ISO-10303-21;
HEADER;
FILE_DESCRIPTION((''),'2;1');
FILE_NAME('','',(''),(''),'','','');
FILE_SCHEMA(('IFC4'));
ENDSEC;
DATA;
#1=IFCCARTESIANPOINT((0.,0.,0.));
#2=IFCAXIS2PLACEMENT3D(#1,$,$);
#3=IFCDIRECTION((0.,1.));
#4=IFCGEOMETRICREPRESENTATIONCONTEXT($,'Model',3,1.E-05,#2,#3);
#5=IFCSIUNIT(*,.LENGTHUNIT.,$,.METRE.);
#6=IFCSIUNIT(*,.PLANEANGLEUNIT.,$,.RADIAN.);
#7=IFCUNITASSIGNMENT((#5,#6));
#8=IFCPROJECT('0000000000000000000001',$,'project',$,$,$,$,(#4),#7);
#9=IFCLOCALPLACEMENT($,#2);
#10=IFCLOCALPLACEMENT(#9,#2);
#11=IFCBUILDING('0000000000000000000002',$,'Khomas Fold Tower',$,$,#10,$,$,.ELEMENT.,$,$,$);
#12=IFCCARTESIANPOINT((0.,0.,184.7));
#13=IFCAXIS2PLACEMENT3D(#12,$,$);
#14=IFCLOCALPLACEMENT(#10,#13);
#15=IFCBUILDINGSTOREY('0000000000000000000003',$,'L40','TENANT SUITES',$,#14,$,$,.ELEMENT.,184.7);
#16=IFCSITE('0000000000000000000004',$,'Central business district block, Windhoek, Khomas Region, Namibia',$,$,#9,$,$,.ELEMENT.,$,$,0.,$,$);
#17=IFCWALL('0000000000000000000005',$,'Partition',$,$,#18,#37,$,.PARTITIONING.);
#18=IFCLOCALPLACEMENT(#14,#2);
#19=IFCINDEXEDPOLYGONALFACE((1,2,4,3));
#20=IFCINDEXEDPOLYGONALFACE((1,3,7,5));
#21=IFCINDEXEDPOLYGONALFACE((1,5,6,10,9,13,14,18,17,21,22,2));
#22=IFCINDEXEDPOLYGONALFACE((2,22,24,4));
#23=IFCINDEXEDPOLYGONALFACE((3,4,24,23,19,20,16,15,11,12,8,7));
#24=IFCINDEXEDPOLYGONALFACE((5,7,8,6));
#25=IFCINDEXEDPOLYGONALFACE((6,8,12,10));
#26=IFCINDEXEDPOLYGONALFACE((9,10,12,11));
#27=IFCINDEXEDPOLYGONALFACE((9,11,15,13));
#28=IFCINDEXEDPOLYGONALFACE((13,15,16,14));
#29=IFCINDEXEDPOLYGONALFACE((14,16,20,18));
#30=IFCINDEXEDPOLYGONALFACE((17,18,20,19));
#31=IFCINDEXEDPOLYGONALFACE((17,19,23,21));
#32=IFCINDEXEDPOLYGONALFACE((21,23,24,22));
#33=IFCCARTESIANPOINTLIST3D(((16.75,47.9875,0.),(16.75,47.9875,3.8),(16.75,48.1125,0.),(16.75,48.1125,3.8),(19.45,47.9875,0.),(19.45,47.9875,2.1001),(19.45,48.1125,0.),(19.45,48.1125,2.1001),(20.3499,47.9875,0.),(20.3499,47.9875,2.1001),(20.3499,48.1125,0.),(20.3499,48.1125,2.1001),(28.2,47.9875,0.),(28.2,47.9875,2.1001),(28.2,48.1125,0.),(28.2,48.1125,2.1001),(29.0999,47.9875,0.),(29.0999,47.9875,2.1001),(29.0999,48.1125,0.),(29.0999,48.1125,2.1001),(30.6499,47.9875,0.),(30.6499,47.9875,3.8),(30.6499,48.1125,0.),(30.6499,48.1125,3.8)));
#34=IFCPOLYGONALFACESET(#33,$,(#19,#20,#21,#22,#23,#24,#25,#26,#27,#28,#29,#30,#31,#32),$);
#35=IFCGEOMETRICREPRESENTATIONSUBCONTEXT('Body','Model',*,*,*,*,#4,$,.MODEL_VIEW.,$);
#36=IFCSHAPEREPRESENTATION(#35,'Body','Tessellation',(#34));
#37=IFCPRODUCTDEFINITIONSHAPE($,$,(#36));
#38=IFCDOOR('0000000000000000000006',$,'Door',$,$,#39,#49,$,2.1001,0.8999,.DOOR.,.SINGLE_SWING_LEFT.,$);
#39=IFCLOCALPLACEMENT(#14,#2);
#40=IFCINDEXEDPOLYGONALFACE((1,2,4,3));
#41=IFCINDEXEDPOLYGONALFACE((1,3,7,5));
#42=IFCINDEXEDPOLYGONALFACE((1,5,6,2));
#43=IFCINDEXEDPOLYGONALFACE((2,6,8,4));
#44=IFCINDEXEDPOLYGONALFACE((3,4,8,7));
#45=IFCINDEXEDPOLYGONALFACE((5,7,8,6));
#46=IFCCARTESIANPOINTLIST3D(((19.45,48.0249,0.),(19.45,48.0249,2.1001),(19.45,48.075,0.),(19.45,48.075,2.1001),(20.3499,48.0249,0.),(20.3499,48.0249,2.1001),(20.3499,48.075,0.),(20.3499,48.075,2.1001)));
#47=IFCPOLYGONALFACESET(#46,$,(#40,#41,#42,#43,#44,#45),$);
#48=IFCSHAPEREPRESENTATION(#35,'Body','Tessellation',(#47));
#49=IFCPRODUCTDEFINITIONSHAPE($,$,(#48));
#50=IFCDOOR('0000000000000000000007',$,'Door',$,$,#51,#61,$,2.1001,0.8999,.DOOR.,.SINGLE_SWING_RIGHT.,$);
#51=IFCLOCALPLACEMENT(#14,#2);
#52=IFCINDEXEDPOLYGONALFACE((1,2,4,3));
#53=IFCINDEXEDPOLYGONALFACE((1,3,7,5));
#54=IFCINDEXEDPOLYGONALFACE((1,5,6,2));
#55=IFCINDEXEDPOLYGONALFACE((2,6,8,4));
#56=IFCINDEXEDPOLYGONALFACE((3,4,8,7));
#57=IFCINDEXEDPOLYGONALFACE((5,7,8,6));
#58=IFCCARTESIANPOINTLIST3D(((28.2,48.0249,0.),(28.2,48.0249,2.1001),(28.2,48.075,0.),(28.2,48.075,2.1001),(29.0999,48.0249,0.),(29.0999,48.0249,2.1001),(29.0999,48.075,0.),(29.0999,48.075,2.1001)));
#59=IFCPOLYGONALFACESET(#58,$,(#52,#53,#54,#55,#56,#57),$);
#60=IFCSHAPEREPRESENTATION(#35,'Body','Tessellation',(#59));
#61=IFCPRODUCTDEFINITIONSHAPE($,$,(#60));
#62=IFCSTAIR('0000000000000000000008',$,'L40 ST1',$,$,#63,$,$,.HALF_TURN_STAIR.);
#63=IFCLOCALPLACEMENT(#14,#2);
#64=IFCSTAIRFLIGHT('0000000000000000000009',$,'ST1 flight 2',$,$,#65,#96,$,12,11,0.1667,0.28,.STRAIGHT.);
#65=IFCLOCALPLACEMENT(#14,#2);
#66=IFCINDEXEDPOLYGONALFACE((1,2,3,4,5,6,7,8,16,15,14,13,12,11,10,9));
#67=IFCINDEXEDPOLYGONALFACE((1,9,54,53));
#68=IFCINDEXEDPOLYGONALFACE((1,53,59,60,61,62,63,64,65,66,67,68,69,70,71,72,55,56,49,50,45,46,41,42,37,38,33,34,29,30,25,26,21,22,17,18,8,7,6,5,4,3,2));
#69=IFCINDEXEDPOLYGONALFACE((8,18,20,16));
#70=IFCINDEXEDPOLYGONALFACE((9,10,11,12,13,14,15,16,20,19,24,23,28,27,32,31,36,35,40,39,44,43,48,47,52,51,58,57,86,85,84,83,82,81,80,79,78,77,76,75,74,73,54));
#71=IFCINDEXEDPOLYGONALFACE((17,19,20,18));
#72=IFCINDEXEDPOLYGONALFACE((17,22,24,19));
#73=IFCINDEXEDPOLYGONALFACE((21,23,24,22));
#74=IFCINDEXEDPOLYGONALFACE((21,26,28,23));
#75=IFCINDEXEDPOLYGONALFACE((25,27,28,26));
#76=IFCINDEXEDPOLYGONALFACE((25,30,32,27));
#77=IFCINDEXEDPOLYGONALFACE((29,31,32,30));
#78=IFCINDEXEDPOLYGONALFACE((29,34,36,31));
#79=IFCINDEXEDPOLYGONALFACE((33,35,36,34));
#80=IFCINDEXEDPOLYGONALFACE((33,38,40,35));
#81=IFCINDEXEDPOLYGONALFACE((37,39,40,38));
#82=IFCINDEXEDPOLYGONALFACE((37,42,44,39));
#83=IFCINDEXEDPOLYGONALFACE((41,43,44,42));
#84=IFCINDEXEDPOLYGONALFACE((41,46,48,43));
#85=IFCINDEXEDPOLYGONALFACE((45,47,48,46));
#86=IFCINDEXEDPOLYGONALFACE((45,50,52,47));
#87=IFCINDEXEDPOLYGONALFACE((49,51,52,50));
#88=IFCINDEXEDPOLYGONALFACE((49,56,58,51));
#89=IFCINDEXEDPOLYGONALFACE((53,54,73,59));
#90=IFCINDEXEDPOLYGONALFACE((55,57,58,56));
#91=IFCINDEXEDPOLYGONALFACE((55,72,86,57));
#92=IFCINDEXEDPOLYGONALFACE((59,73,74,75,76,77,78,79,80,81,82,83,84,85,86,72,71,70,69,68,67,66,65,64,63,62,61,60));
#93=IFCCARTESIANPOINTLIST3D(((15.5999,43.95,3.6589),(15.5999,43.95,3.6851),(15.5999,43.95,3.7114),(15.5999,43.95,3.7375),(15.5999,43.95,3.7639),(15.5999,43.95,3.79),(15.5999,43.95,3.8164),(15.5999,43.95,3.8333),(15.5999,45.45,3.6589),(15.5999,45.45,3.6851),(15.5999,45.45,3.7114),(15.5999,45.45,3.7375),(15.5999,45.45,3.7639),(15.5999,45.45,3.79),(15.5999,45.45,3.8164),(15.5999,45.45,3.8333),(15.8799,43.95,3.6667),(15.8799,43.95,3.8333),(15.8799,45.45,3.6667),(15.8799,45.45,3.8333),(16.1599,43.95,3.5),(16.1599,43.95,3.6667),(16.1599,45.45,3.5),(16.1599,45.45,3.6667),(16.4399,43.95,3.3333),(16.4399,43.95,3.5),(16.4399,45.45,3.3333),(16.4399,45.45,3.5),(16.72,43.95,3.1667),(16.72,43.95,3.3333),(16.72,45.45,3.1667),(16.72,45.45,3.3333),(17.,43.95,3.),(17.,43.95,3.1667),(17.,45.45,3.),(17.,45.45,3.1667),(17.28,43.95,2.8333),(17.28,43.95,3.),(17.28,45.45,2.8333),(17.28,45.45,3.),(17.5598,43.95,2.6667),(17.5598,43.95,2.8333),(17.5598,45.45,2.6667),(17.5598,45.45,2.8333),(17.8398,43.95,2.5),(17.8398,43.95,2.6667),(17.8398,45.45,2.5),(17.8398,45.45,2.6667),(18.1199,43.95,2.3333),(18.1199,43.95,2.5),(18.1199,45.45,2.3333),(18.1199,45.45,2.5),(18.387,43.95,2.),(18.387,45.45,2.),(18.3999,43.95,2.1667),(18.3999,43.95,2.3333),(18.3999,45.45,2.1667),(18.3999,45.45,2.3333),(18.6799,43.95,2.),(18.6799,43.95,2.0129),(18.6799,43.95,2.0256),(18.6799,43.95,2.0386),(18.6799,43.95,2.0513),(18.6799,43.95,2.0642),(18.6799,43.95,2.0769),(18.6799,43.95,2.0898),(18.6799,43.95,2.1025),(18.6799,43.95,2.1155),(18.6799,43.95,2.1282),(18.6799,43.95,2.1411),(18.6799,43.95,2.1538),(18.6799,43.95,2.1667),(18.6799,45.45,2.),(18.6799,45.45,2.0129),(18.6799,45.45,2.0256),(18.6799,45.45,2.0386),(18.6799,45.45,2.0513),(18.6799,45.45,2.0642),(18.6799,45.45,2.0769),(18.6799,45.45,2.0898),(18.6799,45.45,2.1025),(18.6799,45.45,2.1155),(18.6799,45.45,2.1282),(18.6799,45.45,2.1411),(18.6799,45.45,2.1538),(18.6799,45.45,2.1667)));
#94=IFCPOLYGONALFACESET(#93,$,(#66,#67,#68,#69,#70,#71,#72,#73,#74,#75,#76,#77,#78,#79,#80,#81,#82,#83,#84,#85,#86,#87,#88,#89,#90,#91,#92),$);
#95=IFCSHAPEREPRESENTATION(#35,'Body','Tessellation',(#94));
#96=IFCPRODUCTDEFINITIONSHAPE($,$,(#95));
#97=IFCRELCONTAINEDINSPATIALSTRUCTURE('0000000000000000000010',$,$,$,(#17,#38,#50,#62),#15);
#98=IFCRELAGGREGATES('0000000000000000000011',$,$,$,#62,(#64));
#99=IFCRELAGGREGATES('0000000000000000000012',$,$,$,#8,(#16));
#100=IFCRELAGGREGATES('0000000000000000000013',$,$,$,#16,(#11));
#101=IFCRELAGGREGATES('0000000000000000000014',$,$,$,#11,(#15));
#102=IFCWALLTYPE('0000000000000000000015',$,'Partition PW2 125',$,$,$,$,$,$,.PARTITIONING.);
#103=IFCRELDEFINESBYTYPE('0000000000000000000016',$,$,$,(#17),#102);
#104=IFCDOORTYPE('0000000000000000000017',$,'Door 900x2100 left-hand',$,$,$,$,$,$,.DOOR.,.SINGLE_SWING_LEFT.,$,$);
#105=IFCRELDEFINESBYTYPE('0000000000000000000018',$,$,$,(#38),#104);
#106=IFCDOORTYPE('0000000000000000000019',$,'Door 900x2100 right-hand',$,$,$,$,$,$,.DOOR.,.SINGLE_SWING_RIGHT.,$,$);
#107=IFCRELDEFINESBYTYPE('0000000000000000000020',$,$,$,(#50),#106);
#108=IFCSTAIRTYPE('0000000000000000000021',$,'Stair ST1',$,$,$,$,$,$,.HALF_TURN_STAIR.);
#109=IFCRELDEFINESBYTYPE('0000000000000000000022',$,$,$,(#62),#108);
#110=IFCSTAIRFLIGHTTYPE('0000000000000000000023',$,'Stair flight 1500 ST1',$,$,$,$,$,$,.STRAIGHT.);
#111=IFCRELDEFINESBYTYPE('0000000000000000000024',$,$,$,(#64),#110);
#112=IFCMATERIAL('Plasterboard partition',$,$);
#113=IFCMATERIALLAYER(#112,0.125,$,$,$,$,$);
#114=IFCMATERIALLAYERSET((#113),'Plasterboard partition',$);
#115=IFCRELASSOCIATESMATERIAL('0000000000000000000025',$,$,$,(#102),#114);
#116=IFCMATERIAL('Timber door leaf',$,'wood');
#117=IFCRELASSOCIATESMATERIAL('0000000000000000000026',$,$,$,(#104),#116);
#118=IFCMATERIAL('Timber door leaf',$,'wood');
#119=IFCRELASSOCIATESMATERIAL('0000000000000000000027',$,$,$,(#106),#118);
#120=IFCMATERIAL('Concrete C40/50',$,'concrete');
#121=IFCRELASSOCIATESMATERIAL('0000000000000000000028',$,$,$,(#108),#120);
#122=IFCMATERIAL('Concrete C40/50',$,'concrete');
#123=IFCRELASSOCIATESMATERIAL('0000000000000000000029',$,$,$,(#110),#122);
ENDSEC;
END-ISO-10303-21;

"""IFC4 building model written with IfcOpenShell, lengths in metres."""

from ifc_helpers import new_model, si_unit, direction, frame, frame_2d, origin, place, context, subcontext, project, spatial, polyline, rectangle, outline, extrude, source, transform, mapped, material, layer, layer_set, type_object, element, fill, aggregate, save


model = new_model("IFC4")

# Units and contexts
model_context = context("Model", 3, precision=1e-05, world=origin(), true_north=direction((0.0, 1.0)))
body_context = subcontext(model_context, "Body", "Model", "MODEL_VIEW")
ifc_project = project(units=[si_unit("LENGTHUNIT", "METRE"), si_unit("PLANEANGLEUNIT", "RADIAN")], contexts=[model_context])

# Site, building, storey
site_placement = place(None, origin())
site = spatial("IfcSite", under=ifc_project, at=site_placement, Name="Central business district block, Windhoek, Khomas Region, Namibia", CompositionType="ELEMENT", RefElevation=0.0)
building_placement = place(site_placement, origin())
building = spatial("IfcBuilding", under=site, at=building_placement, Name="Khomas Fold Tower", CompositionType="ELEMENT")
storey_placement = place(building_placement, frame((0.0, 0.0, 184.7)))
storey = spatial("IfcBuildingStorey", under=building, at=storey_placement, Name="L40", Description="TENANT SUITES", CompositionType="ELEMENT", Elevation=184.7)

# Wall, openings, doors
ifc_material_1 = material(Name="Plasterboard partition")
ifc_layer_1 = layer(ifc_material_1, 0.125)
ifc_layer_set_1 = layer_set([ifc_layer_1], Name="Plasterboard partition")
wall_type_1 = type_object("IfcWallType", Name="Partition PW2 125", PredefinedType="PARTITIONING", material=ifc_layer_set_1)
shared_shape_1 = source(origin(), body_context, "Body", "SweptSolid", [
    extrude(rectangle(XDim=13.8999, YDim=0.125, at=frame_2d((6.95, 0.0))), origin(), (0.0, 0.0, 1.0), 3.8),
])
wall_1_placement = place(storey_placement, frame((16.75, 48.05, 0.0), z_axis=(0.0, 0.0, 1.0), x_axis=(1.0, 0.0, 0.0)))
wall_1 = element("IfcWall", 1, at=wall_1_placement, inside=storey, type_object=wall_type_1, Name="Partition", PredefinedType="PARTITIONING", context=body_context, shape_type="MappedRepresentation", body=[
    mapped(shared_shape_1, transform((0.0, 0.0, 0.0))),
])
shared_shape_2 = source(origin(), body_context, "Body", "SweptSolid", [
    extrude(rectangle(XDim=0.8999, YDim=2.1001, at=frame_2d((0.45, 1.05))), frame((0.0, 0.0725, 0.0), z_axis=(0.0, -1.0, 0.0), x_axis=(1.0, 0.0, 0.0)), (0.0, 0.0, 1.0), 0.145),
])
opening_1_placement = place(wall_1_placement, frame((2.7, 0.0, 0.0)))
opening_1 = element("IfcOpeningElement", 2, at=opening_1_placement, cuts=wall_1, PredefinedType="OPENING", context=body_context, shape_type="MappedRepresentation", body=[
    mapped(shared_shape_2, transform((0.0, 0.0, 0.0))),
])
opening_2_placement = place(wall_1_placement, frame((11.45, 0.0, 0.0)))
opening_2 = element("IfcOpeningElement", 3, at=opening_2_placement, cuts=wall_1, PredefinedType="OPENING", context=body_context, shape_type="MappedRepresentation", body=[
    mapped(shared_shape_2, transform((0.0, 0.0, 0.0))),
])
ifc_material_2 = material(Name="Timber door leaf", Category="wood")
door_type_1 = type_object("IfcDoorType", Name="Door 900x2100 left-hand", OperationType="SINGLE_SWING_LEFT", PredefinedType="DOOR", material=ifc_material_2)
shared_shape_3 = source(origin(), body_context, "Body", "SweptSolid", [
    extrude(rectangle(XDim=0.8999, YDim=2.1001, at=frame_2d((0.45, 1.05))), frame((0.0, 0.0249, 0.0), z_axis=(0.0, -1.0, 0.0), x_axis=(1.0, 0.0, 0.0)), (0.0, 0.0, 1.0), 0.05),
])
door_1_placement = place(opening_1_placement, origin())
door_1 = element("IfcDoor", 4, at=door_1_placement, inside=storey, type_object=door_type_1, Name="Door", OperationType="SINGLE_SWING_LEFT", OverallHeight=2.1001, OverallWidth=0.8999, PredefinedType="DOOR", context=body_context, shape_type="MappedRepresentation", body=[
    mapped(shared_shape_3, transform((0.0, 0.0, 0.0))),
])
fill(opening_1, door_1)
ifc_material_3 = material(Name="Timber door leaf", Category="wood")
door_type_2 = type_object("IfcDoorType", Name="Door 900x2100 right-hand", OperationType="SINGLE_SWING_RIGHT", PredefinedType="DOOR", material=ifc_material_3)
door_2_placement = place(opening_2_placement, origin())
door_2 = element("IfcDoor", 5, at=door_2_placement, inside=storey, type_object=door_type_2, Name="Door", OperationType="SINGLE_SWING_RIGHT", OverallHeight=2.1001, OverallWidth=0.8999, PredefinedType="DOOR", context=body_context, shape_type="MappedRepresentation", body=[
    mapped(shared_shape_3, transform((0.0, 0.0, 0.0))),
])
fill(opening_2, door_2)

# Stair, stair flight
ifc_material_4 = material(Name="Concrete C40/50", Category="concrete")
stair_type = type_object("IfcStairType", Name="Stair ST1", PredefinedType="HALF_TURN_STAIR", material=ifc_material_4)
stair_placement = place(storey_placement, origin())
stair = element("IfcStair", 6, at=stair_placement, inside=storey, type_object=stair_type, Name="L40 ST1", PredefinedType="HALF_TURN_STAIR")
ifc_material_5 = material(Name="Concrete C40/50", Category="concrete")
stair_flight_type = type_object("IfcStairFlightType", Name="Stair flight 1500 ST1", PredefinedType="STRAIGHT", material=ifc_material_5)
shared_shape_4 = source(origin(), body_context, "Body", "SweptSolid", [
    extrude(outline(polyline([(0.0, 0.0), (0.0, 0.0129), (0.0, 0.0256), (0.0, 0.0386), (0.0, 0.0513), (0.0, 0.0642), (0.0, 0.0769), (0.0, 0.0898), (0.0, 0.1025), (0.0, 0.1155), (0.0, 0.1282), (0.0, 0.1411), (0.0, 0.1538), (0.0, 0.1667), (0.28, 0.1667), (0.28, 0.3333), (0.5601, 0.3333), (0.5601, 0.5), (0.8401, 0.5), (0.8401, 0.6667), (1.1201, 0.6667), (1.1201, 0.8333), (1.3999, 0.8333), (1.3999, 1.0), (1.6799, 1.0), (1.6799, 1.1667), (1.96, 1.1667), (1.96, 1.3333), (2.24, 1.3333), (2.24, 1.5), (2.52, 1.5), (2.52, 1.6667), (2.8, 1.6667), (2.8, 1.8333), (3.0801, 1.8333), (3.0801, 2.0), (3.0801, 1.9739), (3.0801, 1.9475), (3.0801, 1.9214), (3.0801, 1.895), (3.0801, 1.8689), (3.0801, 1.8425), (3.0801, 1.8164), (3.0801, 1.79), (3.0801, 1.7639), (3.0801, 1.7375), (3.0801, 1.7114), (3.0801, 1.6851), (3.0801, 1.6589), (0.293, 0.0), (0.0, 0.0)])), frame((0.0, 0.75, 0.0), z_axis=(0.0, -1.0, 0.0), x_axis=(1.0, 0.0, 0.0)), (0.0, 0.0, 1.0), 1.5),
])
stair_flight_placement = place(storey_placement, frame((18.6799, 44.7, 2.0), z_axis=(0.0, 0.0, 1.0), x_axis=(-1.0, 0.0, 0.0)))
stair_flight = element("IfcStairFlight", 7, at=stair_flight_placement, type_object=stair_flight_type, Name="ST1 flight 2", NumberOfRisers=12, NumberOfTreads=11, PredefinedType="STRAIGHT", RiserHeight=0.1667, TreadLength=0.28, context=body_context, shape_type="MappedRepresentation", body=[
    mapped(shared_shape_4, transform((0.0, 0.0, 0.0))),
])
aggregate(stair, [stair_flight])

save(model, "model.ifc")
